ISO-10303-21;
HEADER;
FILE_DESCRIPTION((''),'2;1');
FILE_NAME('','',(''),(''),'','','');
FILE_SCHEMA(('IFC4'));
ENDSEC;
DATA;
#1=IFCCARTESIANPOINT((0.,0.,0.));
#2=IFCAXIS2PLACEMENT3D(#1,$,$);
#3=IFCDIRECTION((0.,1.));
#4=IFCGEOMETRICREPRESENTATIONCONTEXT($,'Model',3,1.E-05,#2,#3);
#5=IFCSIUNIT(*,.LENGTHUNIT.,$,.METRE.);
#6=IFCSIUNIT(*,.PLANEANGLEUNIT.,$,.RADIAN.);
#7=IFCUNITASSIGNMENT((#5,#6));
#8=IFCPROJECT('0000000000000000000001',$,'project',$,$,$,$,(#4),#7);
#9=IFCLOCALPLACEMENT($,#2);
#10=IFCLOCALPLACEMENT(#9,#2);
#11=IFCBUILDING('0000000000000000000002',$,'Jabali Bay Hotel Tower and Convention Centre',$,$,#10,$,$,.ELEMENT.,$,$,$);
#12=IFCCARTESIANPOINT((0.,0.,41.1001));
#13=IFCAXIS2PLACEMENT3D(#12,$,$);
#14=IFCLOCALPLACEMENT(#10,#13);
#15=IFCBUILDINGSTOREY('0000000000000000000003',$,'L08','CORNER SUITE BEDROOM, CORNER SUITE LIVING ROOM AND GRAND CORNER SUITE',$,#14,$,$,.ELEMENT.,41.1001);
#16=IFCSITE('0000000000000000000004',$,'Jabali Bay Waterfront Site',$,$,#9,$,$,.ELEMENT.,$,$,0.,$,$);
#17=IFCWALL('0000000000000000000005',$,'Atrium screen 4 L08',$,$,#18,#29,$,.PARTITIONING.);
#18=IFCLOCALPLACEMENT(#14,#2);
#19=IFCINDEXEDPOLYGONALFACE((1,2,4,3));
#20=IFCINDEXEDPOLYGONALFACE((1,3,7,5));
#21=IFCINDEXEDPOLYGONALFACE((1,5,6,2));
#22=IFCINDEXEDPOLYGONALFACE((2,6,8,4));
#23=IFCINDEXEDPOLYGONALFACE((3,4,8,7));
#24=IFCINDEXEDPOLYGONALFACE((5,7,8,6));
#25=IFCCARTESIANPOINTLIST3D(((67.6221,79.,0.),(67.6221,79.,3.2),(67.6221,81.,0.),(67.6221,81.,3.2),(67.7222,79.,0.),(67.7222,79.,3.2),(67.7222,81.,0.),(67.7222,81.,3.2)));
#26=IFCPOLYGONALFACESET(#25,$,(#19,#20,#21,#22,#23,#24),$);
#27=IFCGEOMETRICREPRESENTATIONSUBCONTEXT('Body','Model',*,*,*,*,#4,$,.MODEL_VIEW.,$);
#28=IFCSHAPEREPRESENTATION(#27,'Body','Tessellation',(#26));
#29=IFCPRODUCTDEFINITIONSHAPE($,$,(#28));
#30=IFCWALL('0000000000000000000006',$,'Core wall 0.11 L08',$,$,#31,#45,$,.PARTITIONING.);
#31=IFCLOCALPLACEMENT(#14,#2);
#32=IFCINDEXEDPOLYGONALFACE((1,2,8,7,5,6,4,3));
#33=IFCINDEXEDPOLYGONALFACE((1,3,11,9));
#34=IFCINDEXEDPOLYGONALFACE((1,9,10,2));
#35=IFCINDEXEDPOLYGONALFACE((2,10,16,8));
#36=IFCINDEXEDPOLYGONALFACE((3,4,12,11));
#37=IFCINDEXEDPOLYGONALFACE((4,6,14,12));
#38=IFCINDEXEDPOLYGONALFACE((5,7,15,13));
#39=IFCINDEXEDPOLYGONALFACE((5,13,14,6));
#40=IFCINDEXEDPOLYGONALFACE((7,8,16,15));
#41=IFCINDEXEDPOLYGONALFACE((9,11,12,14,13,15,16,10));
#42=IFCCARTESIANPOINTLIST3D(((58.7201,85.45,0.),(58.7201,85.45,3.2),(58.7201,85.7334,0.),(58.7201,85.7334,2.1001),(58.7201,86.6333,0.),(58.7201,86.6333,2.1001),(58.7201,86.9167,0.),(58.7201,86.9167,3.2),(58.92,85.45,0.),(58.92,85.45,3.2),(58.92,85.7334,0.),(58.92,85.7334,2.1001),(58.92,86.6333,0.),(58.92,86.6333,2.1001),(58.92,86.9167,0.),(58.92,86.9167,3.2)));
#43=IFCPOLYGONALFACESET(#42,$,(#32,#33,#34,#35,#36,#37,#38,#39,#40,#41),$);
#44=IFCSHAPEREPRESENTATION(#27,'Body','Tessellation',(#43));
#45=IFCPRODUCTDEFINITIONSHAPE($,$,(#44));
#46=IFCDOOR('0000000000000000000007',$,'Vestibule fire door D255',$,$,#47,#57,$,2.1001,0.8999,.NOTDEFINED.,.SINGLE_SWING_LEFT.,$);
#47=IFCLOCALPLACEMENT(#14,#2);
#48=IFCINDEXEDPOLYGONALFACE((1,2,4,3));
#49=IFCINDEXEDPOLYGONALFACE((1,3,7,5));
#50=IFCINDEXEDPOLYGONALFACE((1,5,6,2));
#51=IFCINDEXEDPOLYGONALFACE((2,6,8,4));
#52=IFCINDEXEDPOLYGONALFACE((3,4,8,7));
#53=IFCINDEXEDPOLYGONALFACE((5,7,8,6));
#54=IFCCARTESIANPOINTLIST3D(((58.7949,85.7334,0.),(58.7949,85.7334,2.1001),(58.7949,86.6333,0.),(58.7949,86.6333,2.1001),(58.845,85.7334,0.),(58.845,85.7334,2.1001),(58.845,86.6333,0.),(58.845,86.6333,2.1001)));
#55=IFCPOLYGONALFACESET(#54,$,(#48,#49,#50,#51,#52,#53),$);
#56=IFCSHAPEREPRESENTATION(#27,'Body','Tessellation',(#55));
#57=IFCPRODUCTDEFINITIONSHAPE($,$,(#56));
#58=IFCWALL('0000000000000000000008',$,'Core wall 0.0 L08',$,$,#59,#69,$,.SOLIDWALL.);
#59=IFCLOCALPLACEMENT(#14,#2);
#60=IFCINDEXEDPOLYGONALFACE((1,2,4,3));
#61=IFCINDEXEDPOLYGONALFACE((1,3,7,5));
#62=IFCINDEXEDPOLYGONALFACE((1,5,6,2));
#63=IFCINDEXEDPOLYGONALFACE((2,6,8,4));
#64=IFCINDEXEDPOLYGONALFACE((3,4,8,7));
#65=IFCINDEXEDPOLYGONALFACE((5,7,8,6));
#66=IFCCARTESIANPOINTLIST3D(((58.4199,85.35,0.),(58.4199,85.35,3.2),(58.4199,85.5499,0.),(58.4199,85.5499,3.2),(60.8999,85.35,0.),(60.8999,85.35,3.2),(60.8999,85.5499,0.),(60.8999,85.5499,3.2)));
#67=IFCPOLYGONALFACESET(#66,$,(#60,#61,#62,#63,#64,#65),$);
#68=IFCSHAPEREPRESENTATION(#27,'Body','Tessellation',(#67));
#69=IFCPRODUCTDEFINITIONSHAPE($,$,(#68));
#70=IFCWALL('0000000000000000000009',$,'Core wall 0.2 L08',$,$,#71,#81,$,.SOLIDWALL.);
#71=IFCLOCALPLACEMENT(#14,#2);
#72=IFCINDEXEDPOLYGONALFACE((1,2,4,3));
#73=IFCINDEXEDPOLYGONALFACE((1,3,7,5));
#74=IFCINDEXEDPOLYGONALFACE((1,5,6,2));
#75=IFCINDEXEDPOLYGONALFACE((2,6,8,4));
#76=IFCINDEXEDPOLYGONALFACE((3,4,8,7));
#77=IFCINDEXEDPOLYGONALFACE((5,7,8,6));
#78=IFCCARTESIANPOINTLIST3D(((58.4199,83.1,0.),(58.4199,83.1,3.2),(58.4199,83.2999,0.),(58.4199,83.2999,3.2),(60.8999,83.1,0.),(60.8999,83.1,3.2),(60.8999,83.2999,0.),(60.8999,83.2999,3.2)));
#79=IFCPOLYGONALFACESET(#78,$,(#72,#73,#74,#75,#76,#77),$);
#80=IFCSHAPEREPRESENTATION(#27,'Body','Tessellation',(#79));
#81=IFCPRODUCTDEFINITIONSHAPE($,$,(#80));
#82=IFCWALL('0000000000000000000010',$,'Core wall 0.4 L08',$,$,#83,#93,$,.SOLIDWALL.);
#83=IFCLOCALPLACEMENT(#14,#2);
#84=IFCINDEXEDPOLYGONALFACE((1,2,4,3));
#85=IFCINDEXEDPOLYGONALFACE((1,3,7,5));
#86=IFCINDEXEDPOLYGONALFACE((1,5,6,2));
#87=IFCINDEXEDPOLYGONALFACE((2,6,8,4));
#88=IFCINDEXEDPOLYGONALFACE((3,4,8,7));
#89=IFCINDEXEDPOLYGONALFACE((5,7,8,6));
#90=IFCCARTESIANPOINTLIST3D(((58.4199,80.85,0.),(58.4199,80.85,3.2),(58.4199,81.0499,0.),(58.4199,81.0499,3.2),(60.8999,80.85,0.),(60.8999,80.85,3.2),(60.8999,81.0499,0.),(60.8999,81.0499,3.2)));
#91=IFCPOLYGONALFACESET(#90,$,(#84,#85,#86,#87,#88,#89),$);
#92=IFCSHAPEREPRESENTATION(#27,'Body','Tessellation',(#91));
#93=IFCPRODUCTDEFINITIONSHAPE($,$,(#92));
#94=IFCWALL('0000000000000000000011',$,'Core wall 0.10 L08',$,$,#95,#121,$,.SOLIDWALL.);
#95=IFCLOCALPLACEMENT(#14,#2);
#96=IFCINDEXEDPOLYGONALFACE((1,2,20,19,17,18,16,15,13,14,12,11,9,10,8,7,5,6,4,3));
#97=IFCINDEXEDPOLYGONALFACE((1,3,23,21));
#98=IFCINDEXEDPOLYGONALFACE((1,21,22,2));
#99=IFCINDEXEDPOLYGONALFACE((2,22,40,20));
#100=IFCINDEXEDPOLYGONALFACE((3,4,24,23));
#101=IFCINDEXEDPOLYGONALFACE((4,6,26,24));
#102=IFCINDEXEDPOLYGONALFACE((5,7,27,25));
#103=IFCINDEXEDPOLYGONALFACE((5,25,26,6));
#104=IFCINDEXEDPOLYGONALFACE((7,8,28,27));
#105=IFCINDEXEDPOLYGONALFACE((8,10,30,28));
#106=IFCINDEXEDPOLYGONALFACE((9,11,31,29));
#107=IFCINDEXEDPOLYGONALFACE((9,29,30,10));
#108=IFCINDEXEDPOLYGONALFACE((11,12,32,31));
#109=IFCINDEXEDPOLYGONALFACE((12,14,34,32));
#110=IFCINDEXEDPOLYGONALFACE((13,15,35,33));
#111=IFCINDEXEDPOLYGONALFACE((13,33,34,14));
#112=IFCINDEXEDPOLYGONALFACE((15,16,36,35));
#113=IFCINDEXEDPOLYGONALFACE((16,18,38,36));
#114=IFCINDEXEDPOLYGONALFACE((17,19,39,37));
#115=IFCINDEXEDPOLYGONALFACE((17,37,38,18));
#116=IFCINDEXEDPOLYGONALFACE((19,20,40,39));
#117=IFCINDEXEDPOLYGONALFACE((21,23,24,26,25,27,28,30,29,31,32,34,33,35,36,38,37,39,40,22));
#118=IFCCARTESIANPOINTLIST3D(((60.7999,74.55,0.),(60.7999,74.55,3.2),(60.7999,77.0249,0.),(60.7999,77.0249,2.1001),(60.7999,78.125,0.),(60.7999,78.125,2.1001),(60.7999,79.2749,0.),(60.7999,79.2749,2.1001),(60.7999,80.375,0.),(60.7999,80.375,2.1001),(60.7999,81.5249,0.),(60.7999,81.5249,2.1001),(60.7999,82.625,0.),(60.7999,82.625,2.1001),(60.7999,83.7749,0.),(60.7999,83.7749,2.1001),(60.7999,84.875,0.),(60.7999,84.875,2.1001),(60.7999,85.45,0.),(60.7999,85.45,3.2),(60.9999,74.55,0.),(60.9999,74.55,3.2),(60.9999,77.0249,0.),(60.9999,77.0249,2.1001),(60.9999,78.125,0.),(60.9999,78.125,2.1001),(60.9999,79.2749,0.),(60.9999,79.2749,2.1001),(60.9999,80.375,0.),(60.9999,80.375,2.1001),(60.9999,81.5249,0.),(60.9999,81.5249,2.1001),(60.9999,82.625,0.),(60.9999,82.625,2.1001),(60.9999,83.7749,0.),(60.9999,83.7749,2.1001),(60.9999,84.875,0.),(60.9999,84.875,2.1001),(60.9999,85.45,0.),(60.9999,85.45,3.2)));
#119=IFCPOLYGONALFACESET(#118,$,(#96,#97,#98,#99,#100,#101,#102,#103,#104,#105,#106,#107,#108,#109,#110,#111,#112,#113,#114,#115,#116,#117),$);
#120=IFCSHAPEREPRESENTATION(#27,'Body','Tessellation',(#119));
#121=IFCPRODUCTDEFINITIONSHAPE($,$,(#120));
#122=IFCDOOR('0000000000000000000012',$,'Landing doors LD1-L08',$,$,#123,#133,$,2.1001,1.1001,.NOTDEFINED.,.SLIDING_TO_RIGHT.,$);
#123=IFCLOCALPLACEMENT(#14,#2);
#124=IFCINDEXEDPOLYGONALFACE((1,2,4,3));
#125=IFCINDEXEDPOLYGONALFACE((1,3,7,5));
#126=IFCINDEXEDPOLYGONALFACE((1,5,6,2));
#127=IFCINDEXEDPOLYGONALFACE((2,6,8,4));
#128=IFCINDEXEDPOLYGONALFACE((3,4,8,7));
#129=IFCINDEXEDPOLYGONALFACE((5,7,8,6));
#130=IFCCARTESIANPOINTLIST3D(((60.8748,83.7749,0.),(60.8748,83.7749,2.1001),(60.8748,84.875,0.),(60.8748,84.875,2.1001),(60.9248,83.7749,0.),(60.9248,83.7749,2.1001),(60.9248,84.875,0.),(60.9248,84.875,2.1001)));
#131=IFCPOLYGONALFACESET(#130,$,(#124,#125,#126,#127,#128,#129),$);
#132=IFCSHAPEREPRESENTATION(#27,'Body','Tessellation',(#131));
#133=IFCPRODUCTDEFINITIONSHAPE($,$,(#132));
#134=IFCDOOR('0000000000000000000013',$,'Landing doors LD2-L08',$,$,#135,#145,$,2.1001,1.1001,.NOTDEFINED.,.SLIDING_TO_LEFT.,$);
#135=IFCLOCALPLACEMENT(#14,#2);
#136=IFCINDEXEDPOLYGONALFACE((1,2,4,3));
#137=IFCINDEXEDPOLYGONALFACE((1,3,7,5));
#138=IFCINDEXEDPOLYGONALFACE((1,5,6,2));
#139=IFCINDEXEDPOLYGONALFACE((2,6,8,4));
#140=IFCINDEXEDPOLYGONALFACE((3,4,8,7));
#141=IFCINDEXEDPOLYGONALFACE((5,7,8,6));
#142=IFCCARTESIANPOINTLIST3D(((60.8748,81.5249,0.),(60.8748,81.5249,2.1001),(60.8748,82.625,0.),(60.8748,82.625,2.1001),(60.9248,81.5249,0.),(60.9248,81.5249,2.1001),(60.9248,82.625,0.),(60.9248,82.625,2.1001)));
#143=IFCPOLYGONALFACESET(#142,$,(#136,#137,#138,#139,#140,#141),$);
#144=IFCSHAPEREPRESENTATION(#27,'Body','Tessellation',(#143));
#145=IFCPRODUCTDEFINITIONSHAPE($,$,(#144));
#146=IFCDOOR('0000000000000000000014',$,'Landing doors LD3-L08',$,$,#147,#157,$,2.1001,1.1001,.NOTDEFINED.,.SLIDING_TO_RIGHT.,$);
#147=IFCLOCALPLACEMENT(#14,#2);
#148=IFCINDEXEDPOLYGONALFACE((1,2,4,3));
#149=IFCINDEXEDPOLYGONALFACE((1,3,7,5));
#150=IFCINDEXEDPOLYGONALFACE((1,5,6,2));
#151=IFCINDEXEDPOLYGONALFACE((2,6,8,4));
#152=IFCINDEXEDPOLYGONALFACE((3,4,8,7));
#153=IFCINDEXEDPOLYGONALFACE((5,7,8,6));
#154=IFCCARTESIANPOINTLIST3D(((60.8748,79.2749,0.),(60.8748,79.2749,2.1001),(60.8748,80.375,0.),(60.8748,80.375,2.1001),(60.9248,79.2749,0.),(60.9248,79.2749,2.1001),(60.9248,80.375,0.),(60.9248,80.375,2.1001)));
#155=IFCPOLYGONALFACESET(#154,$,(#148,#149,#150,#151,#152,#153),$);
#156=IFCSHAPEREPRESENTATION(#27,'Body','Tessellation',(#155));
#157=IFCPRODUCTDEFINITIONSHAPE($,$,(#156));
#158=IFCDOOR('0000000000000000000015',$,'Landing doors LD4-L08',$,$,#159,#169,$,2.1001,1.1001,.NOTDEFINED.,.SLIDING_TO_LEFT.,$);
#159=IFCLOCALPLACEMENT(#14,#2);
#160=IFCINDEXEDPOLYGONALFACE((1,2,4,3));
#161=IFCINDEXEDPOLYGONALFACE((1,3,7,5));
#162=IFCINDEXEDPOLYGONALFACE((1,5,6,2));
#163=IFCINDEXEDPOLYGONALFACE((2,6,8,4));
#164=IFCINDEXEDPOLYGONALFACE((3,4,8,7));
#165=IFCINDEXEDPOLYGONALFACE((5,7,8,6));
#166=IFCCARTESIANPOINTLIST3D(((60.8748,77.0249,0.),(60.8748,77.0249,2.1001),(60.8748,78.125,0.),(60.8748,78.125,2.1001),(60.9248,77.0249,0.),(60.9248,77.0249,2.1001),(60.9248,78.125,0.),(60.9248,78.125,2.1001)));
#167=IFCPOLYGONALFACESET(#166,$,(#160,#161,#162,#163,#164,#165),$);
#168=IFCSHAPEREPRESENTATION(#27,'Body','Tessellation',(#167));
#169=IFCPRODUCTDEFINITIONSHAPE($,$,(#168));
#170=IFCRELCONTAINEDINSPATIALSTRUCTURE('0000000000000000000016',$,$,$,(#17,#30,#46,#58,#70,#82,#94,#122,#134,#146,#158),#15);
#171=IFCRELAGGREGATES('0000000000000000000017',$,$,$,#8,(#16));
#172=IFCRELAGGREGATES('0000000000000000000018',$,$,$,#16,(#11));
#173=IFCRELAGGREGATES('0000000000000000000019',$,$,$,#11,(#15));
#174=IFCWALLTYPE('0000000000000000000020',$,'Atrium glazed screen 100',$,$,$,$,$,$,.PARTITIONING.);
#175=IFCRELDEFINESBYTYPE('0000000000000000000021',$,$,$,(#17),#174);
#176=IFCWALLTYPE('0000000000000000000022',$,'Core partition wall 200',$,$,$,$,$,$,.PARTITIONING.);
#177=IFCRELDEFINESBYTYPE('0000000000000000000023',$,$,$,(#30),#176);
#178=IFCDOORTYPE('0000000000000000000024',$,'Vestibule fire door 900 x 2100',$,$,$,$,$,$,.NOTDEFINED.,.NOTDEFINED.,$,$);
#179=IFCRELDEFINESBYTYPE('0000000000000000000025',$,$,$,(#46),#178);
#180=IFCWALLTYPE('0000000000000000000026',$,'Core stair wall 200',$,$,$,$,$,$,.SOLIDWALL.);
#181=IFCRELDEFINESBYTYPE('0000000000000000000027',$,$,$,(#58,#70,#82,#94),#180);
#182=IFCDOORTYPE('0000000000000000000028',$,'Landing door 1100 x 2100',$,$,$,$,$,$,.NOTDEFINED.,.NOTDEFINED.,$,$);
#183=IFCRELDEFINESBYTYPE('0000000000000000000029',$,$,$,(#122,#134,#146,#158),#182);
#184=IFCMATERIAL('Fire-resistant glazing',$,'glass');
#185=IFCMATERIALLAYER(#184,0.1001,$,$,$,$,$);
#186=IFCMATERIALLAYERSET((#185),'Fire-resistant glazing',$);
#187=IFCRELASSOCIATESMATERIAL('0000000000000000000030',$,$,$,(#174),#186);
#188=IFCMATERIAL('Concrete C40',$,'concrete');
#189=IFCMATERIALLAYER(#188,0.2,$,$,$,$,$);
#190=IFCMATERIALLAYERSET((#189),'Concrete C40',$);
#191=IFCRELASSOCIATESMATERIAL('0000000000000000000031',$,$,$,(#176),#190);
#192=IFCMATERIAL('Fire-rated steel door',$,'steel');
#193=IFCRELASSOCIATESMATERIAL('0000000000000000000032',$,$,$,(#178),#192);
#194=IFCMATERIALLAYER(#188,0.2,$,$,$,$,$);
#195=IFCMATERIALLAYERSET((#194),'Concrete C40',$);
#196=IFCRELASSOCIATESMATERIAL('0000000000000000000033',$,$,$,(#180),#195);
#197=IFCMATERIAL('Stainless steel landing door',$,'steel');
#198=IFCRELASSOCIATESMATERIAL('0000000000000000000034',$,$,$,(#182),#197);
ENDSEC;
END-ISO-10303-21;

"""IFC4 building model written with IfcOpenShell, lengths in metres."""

from ifc_helpers import new_model, si_unit, direction, frame, frame_2d, origin, place, context, subcontext, project, spatial, rectangle, extrude, material, layer, layer_set, type_object, element, fill, save


model = new_model("IFC4")

# Units and contexts
model_context = context("Model", 3, precision=1e-05, world=origin(), true_north=direction((0.0, 1.0)))
body_context = subcontext(model_context, "Body", "Model", "MODEL_VIEW")
ifc_project = project(units=[si_unit("LENGTHUNIT", "METRE"), si_unit("PLANEANGLEUNIT", "RADIAN")], contexts=[model_context])

# Site, building, storey
site_placement = place(None, origin())
site = spatial("IfcSite", under=ifc_project, at=site_placement, Name="Jabali Bay Waterfront Site", CompositionType="ELEMENT", RefElevation=0.0)
building_placement = place(site_placement, origin())
building = spatial("IfcBuilding", under=site, at=building_placement, Name="Jabali Bay Hotel Tower and Convention Centre", CompositionType="ELEMENT")
storey_placement = place(building_placement, frame((0.0, 0.0, 41.1001)))
storey = spatial("IfcBuildingStorey", under=building, at=storey_placement, Name="L08", Description="CORNER SUITE BEDROOM, CORNER SUITE LIVING ROOM AND GRAND CORNER SUITE", CompositionType="ELEMENT", Elevation=41.1001)

# Wall
ifc_material_1 = material(Name="Fire-resistant glazing", Category="glass")
ifc_layer_1 = layer(ifc_material_1, 0.1001)
ifc_layer_set_1 = layer_set([ifc_layer_1], Name="Fire-resistant glazing")
wall_type_1 = type_object("IfcWallType", Name="Atrium glazed screen 100", PredefinedType="PARTITIONING", material=ifc_layer_set_1)
wall_1_placement = place(storey_placement, frame((67.6721, 81.0, 0.0), z_axis=(0.0, 0.0, 1.0), x_axis=(0.0, -1.0, 0.0)))
element("IfcWall", 1, at=wall_1_placement, inside=storey, type_object=wall_type_1, Name="Atrium screen 4 L08", PredefinedType="PARTITIONING", context=body_context, shape_type="SweptSolid", body=[
    extrude(rectangle(XDim=2.0, YDim=0.1001, at=frame_2d((1.0, 0.0))), origin(), (0.0, 0.0, 1.0), 3.2),
])

# Wall, opening, door
ifc_material_2 = material(Name="Concrete C40", Category="concrete")
ifc_layer_2 = layer(ifc_material_2, 0.2)
ifc_layer_set_2 = layer_set([ifc_layer_2], Name="Concrete C40")
wall_type_2 = type_object("IfcWallType", Name="Core partition wall 200", PredefinedType="PARTITIONING", material=ifc_layer_set_2)
wall_2_placement = place(storey_placement, frame((58.8201, 86.9167, 0.0), z_axis=(0.0, 0.0, 1.0), x_axis=(0.0, -1.0, 0.0)))
wall_2 = element("IfcWall", 2, at=wall_2_placement, inside=storey, type_object=wall_type_2, Name="Core wall 0.11 L08", PredefinedType="PARTITIONING", context=body_context, shape_type="SweptSolid", body=[
    extrude(rectangle(XDim=1.4668, YDim=0.2, at=frame_2d((0.7334, 0.0))), origin(), (0.0, 0.0, 1.0), 3.2),
])
opening_1_placement = place(wall_2_placement, frame((0.2834, 0.0, 0.0)))
opening_1 = element("IfcOpeningElement", 3, at=opening_1_placement, cuts=wall_2, PredefinedType="OPENING", context=body_context, shape_type="SweptSolid", body=[
    extrude(rectangle(XDim=0.8999, YDim=2.1001, at=frame_2d((0.45, 1.05))), frame((0.0, 0.1104, 0.0), z_axis=(0.0, -1.0, 0.0), x_axis=(1.0, 0.0, 0.0)), (0.0, 0.0, 1.0), 0.2209),
])
ifc_material_3 = material(Name="Fire-rated steel door", Category="steel")
door_type_1 = type_object("IfcDoorType", Name="Vestibule fire door 900 x 2100", OperationType="NOTDEFINED", PredefinedType="NOTDEFINED", material=ifc_material_3)
door_1_placement = place(opening_1_placement, origin())
door_1 = element("IfcDoor", 4, at=door_1_placement, inside=storey, type_object=door_type_1, Name="Vestibule fire door D255", OperationType="SINGLE_SWING_LEFT", OverallHeight=2.1001, OverallWidth=0.8999, PredefinedType="NOTDEFINED", context=body_context, shape_type="SweptSolid", body=[
    extrude(rectangle(XDim=0.8999, YDim=2.1001, at=frame_2d((0.45, 1.05))), frame((0.0, 0.0249, 0.0), z_axis=(0.0, -1.0, 0.0), x_axis=(1.0, 0.0, 0.0)), (0.0, 0.0, 1.0), 0.05),
])
fill(opening_1, door_1)

# Walls
ifc_layer_3 = layer(ifc_material_2, 0.2)
ifc_layer_set_3 = layer_set([ifc_layer_3], Name="Concrete C40")
wall_type_3 = type_object("IfcWallType", Name="Core stair wall 200", PredefinedType="SOLIDWALL", material=ifc_layer_set_3)
for number, where, z_axis, x_axis, name in (
    (5, (60.8999, 85.45, 0.0), (0.0, 0.0, 1.0), (-1.0, 0.0, 0.0), "Core wall 0.0 L08"),
    (6, (60.8999, 83.2, 0.0), (0.0, 0.0, 1.0), (-1.0, 0.0, 0.0), "Core wall 0.2 L08"),
    (7, (60.8999, 80.95, 0.0), (0.0, 0.0, 1.0), (-1.0, 0.0, 0.0), "Core wall 0.4 L08"),
):
    element("IfcWall", number, at=place(storey_placement, frame(where, z_axis=z_axis, x_axis=x_axis)), inside=storey, type_object=wall_type_3, Name=name, PredefinedType="SOLIDWALL", context=body_context, shape_type="SweptSolid", body=[
        extrude(rectangle(XDim=2.48, YDim=0.2, at=frame_2d((1.24, 0.0))), origin(), (0.0, 0.0, 1.0), 3.2),
    ])

# Wall, openings, doors
wall_3_placement = place(storey_placement, frame((60.8999, 85.45, 0.0), z_axis=(0.0, 0.0, 1.0), x_axis=(0.0, -1.0, 0.0)))
wall_3 = element("IfcWall", 8, at=wall_3_placement, inside=storey, type_object=wall_type_3, Name="Core wall 0.10 L08", PredefinedType="SOLIDWALL", context=body_context, shape_type="SweptSolid", body=[
    extrude(rectangle(XDim=10.8999, YDim=0.2, at=frame_2d((5.45, 0.0))), origin(), (0.0, 0.0, 1.0), 3.2),
])
opening_2_placement = place(wall_3_placement, frame((0.575, 0.0, 0.0)))
opening_2 = element("IfcOpeningElement", 9, at=opening_2_placement, cuts=wall_3, PredefinedType="OPENING", context=body_context, shape_type="SweptSolid", body=[
    extrude(rectangle(XDim=1.1001, YDim=2.1001, at=frame_2d((0.55, 1.05))), frame((0.0, 0.1104, 0.0), z_axis=(0.0, -1.0, 0.0), x_axis=(1.0, 0.0, 0.0)), (0.0, 0.0, 1.0), 0.2209),
])
opening_3_placement = place(wall_3_placement, frame((2.825, 0.0, 0.0)))
opening_3 = element("IfcOpeningElement", 10, at=opening_3_placement, cuts=wall_3, PredefinedType="OPENING", context=body_context, shape_type="SweptSolid", body=[
    extrude(rectangle(XDim=1.1001, YDim=2.1001, at=frame_2d((0.55, 1.05))), frame((0.0, 0.1104, 0.0), z_axis=(0.0, -1.0, 0.0), x_axis=(1.0, 0.0, 0.0)), (0.0, 0.0, 1.0), 0.2209),
])
opening_4_placement = place(wall_3_placement, frame((5.075, 0.0, 0.0)))
opening_4 = element("IfcOpeningElement", 11, at=opening_4_placement, cuts=wall_3, PredefinedType="OPENING", context=body_context, shape_type="SweptSolid", body=[
    extrude(rectangle(XDim=1.1001, YDim=2.1001, at=frame_2d((0.55, 1.05))), frame((0.0, 0.1104, 0.0), z_axis=(0.0, -1.0, 0.0), x_axis=(1.0, 0.0, 0.0)), (0.0, 0.0, 1.0), 0.2209),
])
opening_5_placement = place(wall_3_placement, frame((7.325, 0.0, 0.0)))
opening_5 = element("IfcOpeningElement", 12, at=opening_5_placement, cuts=wall_3, PredefinedType="OPENING", context=body_context, shape_type="SweptSolid", body=[
    extrude(rectangle(XDim=1.1001, YDim=2.1001, at=frame_2d((0.55, 1.05))), frame((0.0, 0.1104, 0.0), z_axis=(0.0, -1.0, 0.0), x_axis=(1.0, 0.0, 0.0)), (0.0, 0.0, 1.0), 0.2209),
])
ifc_material_4 = material(Name="Stainless steel landing door", Category="steel")
door_type_2 = type_object("IfcDoorType", Name="Landing door 1100 x 2100", OperationType="NOTDEFINED", PredefinedType="NOTDEFINED", material=ifc_material_4)
door_2_placement = place(opening_2_placement, origin())
door_2 = element("IfcDoor", 13, at=door_2_placement, inside=storey, type_object=door_type_2, Name="Landing doors LD1-L08", OperationType="SLIDING_TO_RIGHT", OverallHeight=2.1001, OverallWidth=1.1001, PredefinedType="NOTDEFINED", context=body_context, shape_type="SweptSolid", body=[
    extrude(rectangle(XDim=1.1001, YDim=2.1001, at=frame_2d((0.55, 1.05))), frame((0.0, 0.0249, 0.0), z_axis=(0.0, -1.0, 0.0), x_axis=(1.0, 0.0, 0.0)), (0.0, 0.0, 1.0), 0.05),
])
fill(opening_2, door_2)
door_3_placement = place(opening_3_placement, origin())
door_3 = element("IfcDoor", 14, at=door_3_placement, inside=storey, type_object=door_type_2, Name="Landing doors LD2-L08", OperationType="SLIDING_TO_LEFT", OverallHeight=2.1001, OverallWidth=1.1001, PredefinedType="NOTDEFINED", context=body_context, shape_type="SweptSolid", body=[
    extrude(rectangle(XDim=1.1001, YDim=2.1001, at=frame_2d((0.55, 1.05))), frame((0.0, 0.0249, 0.0), z_axis=(0.0, -1.0, 0.0), x_axis=(1.0, 0.0, 0.0)), (0.0, 0.0, 1.0), 0.05),
])
fill(opening_3, door_3)
door_4_placement = place(opening_4_placement, origin())
door_4 = element("IfcDoor", 15, at=door_4_placement, inside=storey, type_object=door_type_2, Name="Landing doors LD3-L08", OperationType="SLIDING_TO_RIGHT", OverallHeight=2.1001, OverallWidth=1.1001, PredefinedType="NOTDEFINED", context=body_context, shape_type="SweptSolid", body=[
    extrude(rectangle(XDim=1.1001, YDim=2.1001, at=frame_2d((0.55, 1.05))), frame((0.0, 0.0249, 0.0), z_axis=(0.0, -1.0, 0.0), x_axis=(1.0, 0.0, 0.0)), (0.0, 0.0, 1.0), 0.05),
])
fill(opening_4, door_4)
door_5_placement = place(opening_5_placement, origin())
door_5 = element("IfcDoor", 16, at=door_5_placement, inside=storey, type_object=door_type_2, Name="Landing doors LD4-L08", OperationType="SLIDING_TO_LEFT", OverallHeight=2.1001, OverallWidth=1.1001, PredefinedType="NOTDEFINED", context=body_context, shape_type="SweptSolid", body=[
    extrude(rectangle(XDim=1.1001, YDim=2.1001, at=frame_2d((0.55, 1.05))), frame((0.0, 0.0249, 0.0), z_axis=(0.0, -1.0, 0.0), x_axis=(1.0, 0.0, 0.0)), (0.0, 0.0, 1.0), 0.05),
])
fill(opening_5, door_5)

save(model, "model.ifc")
